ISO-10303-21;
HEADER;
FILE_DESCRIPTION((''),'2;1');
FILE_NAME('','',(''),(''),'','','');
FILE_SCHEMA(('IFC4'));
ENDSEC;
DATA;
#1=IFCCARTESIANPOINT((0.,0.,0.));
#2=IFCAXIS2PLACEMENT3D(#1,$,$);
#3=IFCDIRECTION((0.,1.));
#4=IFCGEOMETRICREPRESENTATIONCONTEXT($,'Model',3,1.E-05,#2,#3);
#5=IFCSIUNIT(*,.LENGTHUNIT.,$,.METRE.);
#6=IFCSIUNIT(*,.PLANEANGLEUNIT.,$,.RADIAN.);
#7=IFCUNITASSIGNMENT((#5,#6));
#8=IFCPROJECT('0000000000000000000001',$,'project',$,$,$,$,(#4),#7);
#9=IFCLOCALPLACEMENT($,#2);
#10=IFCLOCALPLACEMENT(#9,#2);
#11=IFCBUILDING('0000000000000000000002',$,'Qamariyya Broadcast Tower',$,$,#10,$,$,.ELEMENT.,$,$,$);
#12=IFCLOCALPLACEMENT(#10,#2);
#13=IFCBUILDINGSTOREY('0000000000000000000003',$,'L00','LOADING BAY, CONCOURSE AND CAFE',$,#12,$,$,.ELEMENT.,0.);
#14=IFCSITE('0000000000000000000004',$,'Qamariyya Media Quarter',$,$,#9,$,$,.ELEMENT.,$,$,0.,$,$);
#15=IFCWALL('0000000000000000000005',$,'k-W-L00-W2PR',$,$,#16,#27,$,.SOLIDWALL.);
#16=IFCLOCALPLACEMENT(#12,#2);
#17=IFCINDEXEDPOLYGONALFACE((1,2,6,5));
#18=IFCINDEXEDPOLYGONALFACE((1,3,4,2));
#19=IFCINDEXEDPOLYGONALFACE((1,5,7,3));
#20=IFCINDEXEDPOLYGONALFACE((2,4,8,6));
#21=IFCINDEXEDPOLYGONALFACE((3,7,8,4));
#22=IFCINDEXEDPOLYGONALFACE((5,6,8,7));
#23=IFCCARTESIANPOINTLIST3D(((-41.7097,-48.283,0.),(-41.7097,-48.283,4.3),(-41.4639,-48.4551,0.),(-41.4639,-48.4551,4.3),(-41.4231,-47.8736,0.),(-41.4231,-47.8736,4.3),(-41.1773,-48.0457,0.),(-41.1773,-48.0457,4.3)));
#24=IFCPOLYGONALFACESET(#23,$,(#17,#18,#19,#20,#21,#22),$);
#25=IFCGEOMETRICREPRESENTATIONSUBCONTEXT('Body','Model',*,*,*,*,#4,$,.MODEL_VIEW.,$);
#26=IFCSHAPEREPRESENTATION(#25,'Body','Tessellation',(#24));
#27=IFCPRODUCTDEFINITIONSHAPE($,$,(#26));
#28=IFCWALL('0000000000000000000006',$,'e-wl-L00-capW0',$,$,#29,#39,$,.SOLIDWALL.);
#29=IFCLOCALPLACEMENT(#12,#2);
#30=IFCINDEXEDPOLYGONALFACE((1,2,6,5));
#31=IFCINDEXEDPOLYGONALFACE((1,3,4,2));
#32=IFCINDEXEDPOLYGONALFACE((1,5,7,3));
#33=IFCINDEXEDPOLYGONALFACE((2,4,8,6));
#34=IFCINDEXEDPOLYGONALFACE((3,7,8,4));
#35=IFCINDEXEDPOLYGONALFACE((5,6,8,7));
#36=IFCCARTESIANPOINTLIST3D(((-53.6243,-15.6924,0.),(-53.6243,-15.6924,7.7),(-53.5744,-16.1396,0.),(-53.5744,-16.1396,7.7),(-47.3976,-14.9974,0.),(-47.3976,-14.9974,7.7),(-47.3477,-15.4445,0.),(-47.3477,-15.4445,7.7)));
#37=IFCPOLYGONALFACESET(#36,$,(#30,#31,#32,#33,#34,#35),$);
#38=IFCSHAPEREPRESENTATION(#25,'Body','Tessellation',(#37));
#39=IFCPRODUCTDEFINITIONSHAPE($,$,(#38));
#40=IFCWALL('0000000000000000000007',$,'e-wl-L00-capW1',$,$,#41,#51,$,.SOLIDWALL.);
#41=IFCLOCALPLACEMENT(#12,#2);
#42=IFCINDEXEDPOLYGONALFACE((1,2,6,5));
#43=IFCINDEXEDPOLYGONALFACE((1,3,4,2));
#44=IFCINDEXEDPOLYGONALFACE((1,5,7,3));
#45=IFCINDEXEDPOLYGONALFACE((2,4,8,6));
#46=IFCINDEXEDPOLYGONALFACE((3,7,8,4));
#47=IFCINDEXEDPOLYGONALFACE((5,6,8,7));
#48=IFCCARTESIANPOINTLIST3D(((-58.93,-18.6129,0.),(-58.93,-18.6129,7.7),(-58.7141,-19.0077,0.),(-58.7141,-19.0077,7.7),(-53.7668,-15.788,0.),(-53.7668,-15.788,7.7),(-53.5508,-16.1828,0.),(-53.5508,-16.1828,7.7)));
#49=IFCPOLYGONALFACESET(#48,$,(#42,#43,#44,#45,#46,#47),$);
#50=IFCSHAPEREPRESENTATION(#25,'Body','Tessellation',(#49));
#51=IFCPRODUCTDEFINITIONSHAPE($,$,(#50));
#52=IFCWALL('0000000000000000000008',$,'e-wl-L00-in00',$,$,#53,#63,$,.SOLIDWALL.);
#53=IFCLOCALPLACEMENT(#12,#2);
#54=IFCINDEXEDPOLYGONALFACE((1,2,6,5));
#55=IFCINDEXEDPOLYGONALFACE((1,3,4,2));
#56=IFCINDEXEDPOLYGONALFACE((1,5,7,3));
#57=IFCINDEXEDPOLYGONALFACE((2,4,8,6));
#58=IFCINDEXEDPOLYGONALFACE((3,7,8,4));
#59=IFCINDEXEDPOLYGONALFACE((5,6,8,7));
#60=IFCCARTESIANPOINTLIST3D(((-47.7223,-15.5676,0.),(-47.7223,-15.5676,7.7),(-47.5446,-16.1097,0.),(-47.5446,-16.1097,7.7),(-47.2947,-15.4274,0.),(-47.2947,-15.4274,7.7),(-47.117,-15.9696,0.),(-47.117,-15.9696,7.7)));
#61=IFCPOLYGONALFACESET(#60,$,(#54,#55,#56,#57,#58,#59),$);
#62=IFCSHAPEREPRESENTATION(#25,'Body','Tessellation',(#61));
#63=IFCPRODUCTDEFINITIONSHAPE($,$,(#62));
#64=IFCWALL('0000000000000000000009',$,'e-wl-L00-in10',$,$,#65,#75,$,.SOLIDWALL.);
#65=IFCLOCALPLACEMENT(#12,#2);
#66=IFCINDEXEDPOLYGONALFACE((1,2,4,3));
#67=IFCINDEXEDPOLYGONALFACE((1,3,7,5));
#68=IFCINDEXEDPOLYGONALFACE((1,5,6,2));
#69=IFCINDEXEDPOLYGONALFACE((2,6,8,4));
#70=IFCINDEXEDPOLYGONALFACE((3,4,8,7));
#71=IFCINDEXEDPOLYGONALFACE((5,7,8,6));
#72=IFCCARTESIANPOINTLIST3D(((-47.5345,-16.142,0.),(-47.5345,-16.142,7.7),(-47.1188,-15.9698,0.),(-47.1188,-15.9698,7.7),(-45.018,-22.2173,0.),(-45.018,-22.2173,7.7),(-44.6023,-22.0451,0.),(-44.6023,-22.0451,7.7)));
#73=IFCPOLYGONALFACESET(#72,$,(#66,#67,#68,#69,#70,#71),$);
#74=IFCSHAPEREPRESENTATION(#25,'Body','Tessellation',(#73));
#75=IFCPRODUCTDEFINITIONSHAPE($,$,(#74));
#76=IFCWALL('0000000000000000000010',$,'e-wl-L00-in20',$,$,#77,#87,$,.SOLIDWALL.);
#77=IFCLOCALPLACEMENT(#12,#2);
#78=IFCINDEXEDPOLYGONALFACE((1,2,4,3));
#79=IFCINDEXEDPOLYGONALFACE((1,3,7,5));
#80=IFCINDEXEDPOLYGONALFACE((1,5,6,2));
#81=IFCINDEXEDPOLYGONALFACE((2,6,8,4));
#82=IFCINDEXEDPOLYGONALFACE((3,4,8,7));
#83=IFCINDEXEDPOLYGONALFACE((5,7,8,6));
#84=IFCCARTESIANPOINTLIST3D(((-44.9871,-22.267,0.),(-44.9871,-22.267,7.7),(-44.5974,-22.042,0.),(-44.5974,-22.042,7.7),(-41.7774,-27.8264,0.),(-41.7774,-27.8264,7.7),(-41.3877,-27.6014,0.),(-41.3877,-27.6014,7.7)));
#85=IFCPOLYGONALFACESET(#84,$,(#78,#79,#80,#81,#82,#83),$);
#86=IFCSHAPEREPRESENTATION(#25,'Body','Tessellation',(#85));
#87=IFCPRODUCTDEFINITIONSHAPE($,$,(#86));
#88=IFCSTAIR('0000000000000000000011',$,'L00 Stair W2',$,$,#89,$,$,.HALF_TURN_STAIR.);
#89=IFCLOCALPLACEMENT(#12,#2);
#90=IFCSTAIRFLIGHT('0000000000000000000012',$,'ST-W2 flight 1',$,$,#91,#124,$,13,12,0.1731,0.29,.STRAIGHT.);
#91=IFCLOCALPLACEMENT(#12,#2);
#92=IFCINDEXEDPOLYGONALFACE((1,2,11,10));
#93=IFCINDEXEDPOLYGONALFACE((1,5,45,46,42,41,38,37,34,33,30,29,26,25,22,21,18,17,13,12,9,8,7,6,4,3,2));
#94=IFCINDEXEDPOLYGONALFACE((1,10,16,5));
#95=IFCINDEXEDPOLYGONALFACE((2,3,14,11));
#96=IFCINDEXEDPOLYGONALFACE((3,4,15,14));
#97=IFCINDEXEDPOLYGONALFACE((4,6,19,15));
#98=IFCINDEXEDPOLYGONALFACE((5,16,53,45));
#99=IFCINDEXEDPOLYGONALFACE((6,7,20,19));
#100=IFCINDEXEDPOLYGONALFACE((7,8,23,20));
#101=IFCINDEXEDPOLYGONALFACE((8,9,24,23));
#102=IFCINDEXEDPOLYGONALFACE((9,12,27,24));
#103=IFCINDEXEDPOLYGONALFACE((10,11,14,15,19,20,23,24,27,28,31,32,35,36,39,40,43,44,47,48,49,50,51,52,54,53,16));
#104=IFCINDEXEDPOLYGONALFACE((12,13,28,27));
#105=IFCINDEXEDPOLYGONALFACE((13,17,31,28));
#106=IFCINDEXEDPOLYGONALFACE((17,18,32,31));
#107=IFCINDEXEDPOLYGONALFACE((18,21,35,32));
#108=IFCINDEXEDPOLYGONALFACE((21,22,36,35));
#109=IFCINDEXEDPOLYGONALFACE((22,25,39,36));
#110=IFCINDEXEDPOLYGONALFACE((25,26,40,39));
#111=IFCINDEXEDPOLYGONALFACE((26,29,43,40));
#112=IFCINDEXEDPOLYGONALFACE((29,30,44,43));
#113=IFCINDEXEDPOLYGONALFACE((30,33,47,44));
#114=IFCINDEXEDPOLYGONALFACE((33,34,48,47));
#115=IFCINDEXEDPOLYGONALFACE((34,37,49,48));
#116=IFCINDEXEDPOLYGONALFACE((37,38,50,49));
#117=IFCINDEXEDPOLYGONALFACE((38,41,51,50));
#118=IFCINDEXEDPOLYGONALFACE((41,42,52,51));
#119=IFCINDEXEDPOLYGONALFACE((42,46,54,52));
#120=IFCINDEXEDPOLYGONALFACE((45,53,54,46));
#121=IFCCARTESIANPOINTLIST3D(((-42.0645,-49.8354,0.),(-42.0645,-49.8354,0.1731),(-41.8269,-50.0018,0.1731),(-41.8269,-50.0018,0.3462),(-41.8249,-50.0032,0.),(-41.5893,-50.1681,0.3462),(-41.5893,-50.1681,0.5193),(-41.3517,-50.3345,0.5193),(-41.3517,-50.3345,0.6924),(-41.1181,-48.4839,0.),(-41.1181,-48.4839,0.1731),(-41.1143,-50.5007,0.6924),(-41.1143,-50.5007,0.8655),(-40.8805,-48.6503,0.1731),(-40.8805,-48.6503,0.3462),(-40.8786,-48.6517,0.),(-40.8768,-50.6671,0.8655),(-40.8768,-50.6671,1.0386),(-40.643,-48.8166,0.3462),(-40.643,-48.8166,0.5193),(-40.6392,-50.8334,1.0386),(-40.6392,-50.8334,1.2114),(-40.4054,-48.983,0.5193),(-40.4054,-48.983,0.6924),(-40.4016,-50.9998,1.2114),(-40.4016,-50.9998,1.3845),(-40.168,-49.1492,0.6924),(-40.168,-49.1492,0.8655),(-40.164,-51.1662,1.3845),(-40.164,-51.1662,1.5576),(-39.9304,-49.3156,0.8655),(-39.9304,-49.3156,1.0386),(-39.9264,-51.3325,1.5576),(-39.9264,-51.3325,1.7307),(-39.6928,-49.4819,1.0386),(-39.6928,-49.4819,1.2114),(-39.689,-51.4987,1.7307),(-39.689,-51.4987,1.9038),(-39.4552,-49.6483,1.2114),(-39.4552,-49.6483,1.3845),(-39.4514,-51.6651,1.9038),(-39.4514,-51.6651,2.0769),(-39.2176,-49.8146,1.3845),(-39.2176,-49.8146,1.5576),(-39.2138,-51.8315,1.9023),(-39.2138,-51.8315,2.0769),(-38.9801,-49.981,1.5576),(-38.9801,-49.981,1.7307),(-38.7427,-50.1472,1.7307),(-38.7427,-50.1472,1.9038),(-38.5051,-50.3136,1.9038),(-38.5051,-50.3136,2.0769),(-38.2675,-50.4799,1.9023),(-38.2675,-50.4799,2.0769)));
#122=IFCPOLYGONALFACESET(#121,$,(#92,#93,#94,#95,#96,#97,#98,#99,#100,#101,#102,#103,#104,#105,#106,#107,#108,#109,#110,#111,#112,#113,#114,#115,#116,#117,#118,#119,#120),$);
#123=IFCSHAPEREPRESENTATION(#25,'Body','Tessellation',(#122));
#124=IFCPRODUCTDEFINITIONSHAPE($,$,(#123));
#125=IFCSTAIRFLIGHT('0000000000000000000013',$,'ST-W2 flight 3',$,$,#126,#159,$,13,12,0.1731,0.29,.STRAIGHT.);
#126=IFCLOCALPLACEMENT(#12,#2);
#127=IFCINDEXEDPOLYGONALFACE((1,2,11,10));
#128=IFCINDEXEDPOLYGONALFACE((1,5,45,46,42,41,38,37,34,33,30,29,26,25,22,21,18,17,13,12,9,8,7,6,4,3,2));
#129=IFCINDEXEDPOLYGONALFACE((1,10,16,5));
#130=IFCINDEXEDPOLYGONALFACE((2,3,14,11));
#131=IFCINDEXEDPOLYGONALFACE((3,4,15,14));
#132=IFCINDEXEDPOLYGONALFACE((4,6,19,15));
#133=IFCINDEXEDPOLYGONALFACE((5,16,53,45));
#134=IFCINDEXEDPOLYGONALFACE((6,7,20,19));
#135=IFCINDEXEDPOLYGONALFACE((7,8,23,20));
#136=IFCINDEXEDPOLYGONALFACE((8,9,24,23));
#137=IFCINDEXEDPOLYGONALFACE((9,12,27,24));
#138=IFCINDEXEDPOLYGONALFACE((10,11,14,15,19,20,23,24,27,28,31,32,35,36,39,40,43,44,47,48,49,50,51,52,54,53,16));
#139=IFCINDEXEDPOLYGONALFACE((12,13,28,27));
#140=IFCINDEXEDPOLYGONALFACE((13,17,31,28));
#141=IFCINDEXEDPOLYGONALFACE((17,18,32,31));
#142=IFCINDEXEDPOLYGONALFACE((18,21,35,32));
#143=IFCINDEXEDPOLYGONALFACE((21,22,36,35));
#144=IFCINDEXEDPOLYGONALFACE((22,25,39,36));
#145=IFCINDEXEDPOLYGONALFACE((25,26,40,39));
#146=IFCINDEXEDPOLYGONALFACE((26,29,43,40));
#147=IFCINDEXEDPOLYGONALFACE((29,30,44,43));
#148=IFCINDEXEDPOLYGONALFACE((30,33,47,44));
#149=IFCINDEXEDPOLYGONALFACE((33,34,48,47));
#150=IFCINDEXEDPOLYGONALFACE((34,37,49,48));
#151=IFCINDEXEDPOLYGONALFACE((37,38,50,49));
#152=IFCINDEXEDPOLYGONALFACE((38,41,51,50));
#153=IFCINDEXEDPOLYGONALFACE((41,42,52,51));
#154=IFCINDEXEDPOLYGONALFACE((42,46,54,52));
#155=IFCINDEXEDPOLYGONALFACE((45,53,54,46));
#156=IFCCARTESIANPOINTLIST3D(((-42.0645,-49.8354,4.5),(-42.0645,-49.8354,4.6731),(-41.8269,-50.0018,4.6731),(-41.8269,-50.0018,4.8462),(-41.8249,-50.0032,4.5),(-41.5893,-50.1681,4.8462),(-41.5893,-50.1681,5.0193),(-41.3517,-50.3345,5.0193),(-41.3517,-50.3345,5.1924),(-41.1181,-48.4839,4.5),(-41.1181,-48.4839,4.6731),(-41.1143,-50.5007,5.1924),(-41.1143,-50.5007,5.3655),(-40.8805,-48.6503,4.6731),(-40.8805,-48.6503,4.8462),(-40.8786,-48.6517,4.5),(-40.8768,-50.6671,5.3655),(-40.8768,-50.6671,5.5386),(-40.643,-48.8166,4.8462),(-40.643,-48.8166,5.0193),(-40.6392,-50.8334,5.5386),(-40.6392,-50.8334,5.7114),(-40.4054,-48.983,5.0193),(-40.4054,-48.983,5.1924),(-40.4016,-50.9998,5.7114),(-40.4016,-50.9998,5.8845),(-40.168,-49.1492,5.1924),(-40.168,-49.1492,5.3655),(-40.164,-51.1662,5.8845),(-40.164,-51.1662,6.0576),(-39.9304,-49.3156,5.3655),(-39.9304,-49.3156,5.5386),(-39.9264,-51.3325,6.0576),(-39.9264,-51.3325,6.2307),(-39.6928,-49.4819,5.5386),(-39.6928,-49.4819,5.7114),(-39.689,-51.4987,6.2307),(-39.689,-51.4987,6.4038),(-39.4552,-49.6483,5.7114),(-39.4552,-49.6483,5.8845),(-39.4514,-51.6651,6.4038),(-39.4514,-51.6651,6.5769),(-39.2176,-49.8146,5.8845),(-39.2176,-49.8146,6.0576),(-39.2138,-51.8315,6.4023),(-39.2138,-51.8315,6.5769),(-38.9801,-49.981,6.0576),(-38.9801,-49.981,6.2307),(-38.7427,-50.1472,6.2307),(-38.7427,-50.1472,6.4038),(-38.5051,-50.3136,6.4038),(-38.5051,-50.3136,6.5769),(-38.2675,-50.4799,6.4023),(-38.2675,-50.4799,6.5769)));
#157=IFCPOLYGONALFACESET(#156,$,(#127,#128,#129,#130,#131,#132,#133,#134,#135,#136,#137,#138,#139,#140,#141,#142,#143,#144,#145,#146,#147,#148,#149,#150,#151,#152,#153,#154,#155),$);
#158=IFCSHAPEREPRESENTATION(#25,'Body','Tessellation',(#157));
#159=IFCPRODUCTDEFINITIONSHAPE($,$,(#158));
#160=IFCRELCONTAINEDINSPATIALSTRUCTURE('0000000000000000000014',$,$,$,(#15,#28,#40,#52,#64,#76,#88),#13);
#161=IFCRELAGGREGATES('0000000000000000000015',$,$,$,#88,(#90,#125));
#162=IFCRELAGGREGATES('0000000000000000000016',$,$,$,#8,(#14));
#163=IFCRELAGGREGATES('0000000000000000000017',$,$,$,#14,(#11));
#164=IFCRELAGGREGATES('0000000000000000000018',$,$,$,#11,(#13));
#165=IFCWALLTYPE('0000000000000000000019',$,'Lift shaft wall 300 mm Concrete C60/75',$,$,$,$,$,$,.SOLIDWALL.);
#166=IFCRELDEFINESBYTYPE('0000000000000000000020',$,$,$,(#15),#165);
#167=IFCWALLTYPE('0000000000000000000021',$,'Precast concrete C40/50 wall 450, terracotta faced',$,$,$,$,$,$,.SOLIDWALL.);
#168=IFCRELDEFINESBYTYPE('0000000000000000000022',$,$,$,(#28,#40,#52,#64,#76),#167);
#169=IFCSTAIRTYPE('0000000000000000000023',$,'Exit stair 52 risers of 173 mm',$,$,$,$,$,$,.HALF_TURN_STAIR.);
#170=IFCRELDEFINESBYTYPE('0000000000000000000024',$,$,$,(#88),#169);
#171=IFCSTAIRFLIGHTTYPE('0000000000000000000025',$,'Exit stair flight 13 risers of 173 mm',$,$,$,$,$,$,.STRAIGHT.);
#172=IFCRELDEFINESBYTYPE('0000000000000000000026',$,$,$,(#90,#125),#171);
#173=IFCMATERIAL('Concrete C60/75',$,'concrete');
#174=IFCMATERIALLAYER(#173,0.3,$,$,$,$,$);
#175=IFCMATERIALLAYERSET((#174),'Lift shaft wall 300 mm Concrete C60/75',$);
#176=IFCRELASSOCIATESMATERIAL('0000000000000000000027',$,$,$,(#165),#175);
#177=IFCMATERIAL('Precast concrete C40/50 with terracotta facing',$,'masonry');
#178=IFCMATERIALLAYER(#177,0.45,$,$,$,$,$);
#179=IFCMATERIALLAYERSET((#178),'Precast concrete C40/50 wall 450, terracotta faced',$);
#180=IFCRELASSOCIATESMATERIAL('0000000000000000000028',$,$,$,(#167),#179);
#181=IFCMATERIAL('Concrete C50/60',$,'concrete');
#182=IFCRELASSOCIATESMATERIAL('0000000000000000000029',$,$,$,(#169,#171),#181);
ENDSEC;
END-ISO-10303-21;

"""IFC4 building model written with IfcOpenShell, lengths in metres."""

from ifc_helpers import new_model, si_unit, direction, frame, frame_2d, origin, place, context, subcontext, project, spatial, polyline, rectangle, outline, extrude, material, layer, layer_set, type_object, element, aggregate, save


model = new_model("IFC4")

# Units and contexts
model_context = context("Model", 3, precision=1e-05, world=origin(), true_north=direction((0.0, 1.0)))
body_context = subcontext(model_context, "Body", "Model", "MODEL_VIEW")
ifc_project = project(units=[si_unit("LENGTHUNIT", "METRE"), si_unit("PLANEANGLEUNIT", "RADIAN")], contexts=[model_context])

# Site, building, storey
site_placement = place(None, origin())
site = spatial("IfcSite", under=ifc_project, at=site_placement, Name="Qamariyya Media Quarter", CompositionType="ELEMENT", RefElevation=0.0)
building_placement = place(site_placement, origin())
building = spatial("IfcBuilding", under=site, at=building_placement, Name="Qamariyya Broadcast Tower", CompositionType="ELEMENT")
storey_placement = place(building_placement, origin())
storey = spatial("IfcBuildingStorey", under=building, at=storey_placement, Name="L00", Description="LOADING BAY, CONCOURSE AND CAFE", CompositionType="ELEMENT", Elevation=0.0)

# Walls
ifc_material_1 = material(Name="Concrete C60/75", Category="concrete")
ifc_layer_1 = layer(ifc_material_1, 0.3)
ifc_layer_set_1 = layer_set([ifc_layer_1], Name="Lift shaft wall 300 mm Concrete C60/75")
wall_type_1 = type_object("IfcWallType", Name="Lift shaft wall 300 mm Concrete C60/75", PredefinedType="SOLIDWALL", material=ifc_layer_set_1)
wall_1_placement = place(storey_placement, frame((-41.5869, -48.3691, 0.0), z_axis=(0.0, 0.0, 1.0), x_axis=(0.573495, 0.819209, 0.0)))
element("IfcWall", 1, at=wall_1_placement, inside=storey, type_object=wall_type_1, Name="k-W-L00-W2PR", PredefinedType="SOLIDWALL", context=body_context, shape_type="SweptSolid", body=[
    extrude(rectangle(XDim=0.4998, YDim=0.3, at=frame_2d((0.25, 0.0))), origin(), (0.0, 0.0, 1.0), 4.3),
])
ifc_material_2 = material(Name="Precast concrete C40/50 with terracotta facing", Category="masonry")
ifc_layer_2 = layer(ifc_material_2, 0.45)
ifc_layer_set_2 = layer_set([ifc_layer_2], Name="Precast concrete C40/50 wall 450, terracotta faced")
wall_type_2 = type_object("IfcWallType", Name="Precast concrete C40/50 wall 450, terracotta faced", PredefinedType="SOLIDWALL", material=ifc_layer_set_2)
wall_2_placement = place(storey_placement, frame((-47.3726, -15.2209, 0.0), z_axis=(0.0, 0.0, 1.0), x_axis=(-0.993828, -0.110936, 0.0)))
element("IfcWall", 2, at=wall_2_placement, inside=storey, type_object=wall_type_2, Name="e-wl-L00-capW0", PredefinedType="SOLIDWALL", context=body_context, shape_type="SweptSolid", body=[
    extrude(rectangle(XDim=6.2654, YDim=0.45, at=frame_2d((3.1328, 0.0))), origin(), (0.0, 0.0, 1.0), 7.7),
])
wall_3_placement = place(storey_placement, frame((-53.6587, -15.9854, 0.0), z_axis=(0.0, 0.0, 1.0), x_axis=(-0.877281, -0.479976, 0.0)))
element("IfcWall", 3, at=wall_3_placement, inside=storey, type_object=wall_type_2, Name="e-wl-L00-capW1", PredefinedType="SOLIDWALL", context=body_context, shape_type="SweptSolid", body=[
    extrude(rectangle(XDim=5.8855, YDim=0.45, at=frame_2d((2.9429, 0.0))), origin(), (0.0, 0.0, 1.0), 7.7),
])
wall_4_placement = place(storey_placement, frame((-47.3308, -16.0396, 0.0), z_axis=(0.0, 0.0, 1.0), x_axis=(-0.311475, 0.950254, 0.0)))
element("IfcWall", 4, at=wall_4_placement, inside=storey, type_object=wall_type_2, Name="e-wl-L00-in00", PredefinedType="SOLIDWALL", context=body_context, shape_type="SweptSolid", body=[
    extrude(rectangle(XDim=0.5706, YDim=0.45, at=frame_2d((0.2852, 0.0))), origin(), (0.0, 0.0, 1.0), 7.7),
])
wall_5_placement = place(storey_placement, frame((-44.8101, -22.1313, 0.0), z_axis=(0.0, 0.0, 1.0), x_axis=(-0.382693, 0.923876, 0.0)))
element("IfcWall", 5, at=wall_5_placement, inside=storey, type_object=wall_type_2, Name="e-wl-L00-in10", PredefinedType="SOLIDWALL", context=body_context, shape_type="SweptSolid", body=[
    extrude(rectangle(XDim=6.5759, YDim=0.45, at=frame_2d((3.2881, 0.0))), origin(), (0.0, 0.0, 1.0), 7.7),
])
wall_6_placement = place(storey_placement, frame((-41.5825, -27.7139, 0.0), z_axis=(0.0, 0.0, 1.0), x_axis=(-0.500004, 0.866023, 0.0)))
element("IfcWall", 6, at=wall_6_placement, inside=storey, type_object=wall_type_2, Name="e-wl-L00-in20", PredefinedType="SOLIDWALL", context=body_context, shape_type="SweptSolid", body=[
    extrude(rectangle(XDim=6.4194, YDim=0.45, at=frame_2d((3.2097, 0.0))), origin(), (0.0, 0.0, 1.0), 7.7),
])

# Stair, stair flights
ifc_material_3 = material(Name="Concrete C50/60", Category="concrete")
stair_type = type_object("IfcStairType", Name="Exit stair 52 risers of 173 mm", PredefinedType="HALF_TURN_STAIR", material=ifc_material_3)
stair_placement = place(storey_placement, origin())
stair = element("IfcStair", 7, at=stair_placement, inside=storey, type_object=stair_type, Name="L00 Stair W2", PredefinedType="HALF_TURN_STAIR")
stair_flight_type = type_object("IfcStairFlightType", Name="Exit stair flight 13 risers of 173 mm", PredefinedType="STRAIGHT", material=ifc_material_3)
stair_flight_1_placement = place(storey_placement, frame((-41.5913, -49.1597, 0.0), z_axis=(0.0, 0.0, 1.0), x_axis=(0.819152, -0.573576, 0.0)))
stair_flight_1 = element("IfcStairFlight", 8, at=stair_flight_1_placement, type_object=stair_flight_type, Name="ST-W2 flight 1", NumberOfRisers=13, NumberOfTreads=12, PredefinedType="STRAIGHT", RiserHeight=0.1731, TreadLength=0.29, context=body_context, shape_type="SweptSolid", body=[
    extrude(outline(polyline([(0.0, 0.0), (0.0, 0.1731), (0.29, 0.1731), (0.29, 0.3462), (0.5801, 0.3462), (0.5801, 0.5193), (0.8701, 0.5193), (0.8701, 0.6924), (1.1599, 0.6924), (1.1599, 0.8655), (1.45, 0.8655), (1.45, 1.0386), (1.74, 1.0386), (1.74, 1.2114), (2.03, 1.2114), (2.03, 1.3845), (2.3201, 1.3845), (2.3201, 1.5576), (2.6101, 1.5576), (2.6101, 1.7307), (2.8999, 1.7307), (2.8999, 1.9038), (3.1899, 1.9038), (3.1899, 2.0769), (3.48, 2.0769), (3.48, 2.25), (3.48, 1.9023), (0.2925, 0.0), (0.0, 0.0)])), frame((0.0, 0.825, 0.0), z_axis=(0.0, -1.0, 0.0), x_axis=(1.0, 0.0, 0.0)), (0.0, 0.0, 1.0), 1.6499),
])
stair_flight_2_placement = place(storey_placement, frame((-41.5913, -49.1597, 4.5), z_axis=(0.0, 0.0, 1.0), x_axis=(0.819152, -0.573576, 0.0)))
stair_flight_2 = element("IfcStairFlight", 9, at=stair_flight_2_placement, type_object=stair_flight_type, Name="ST-W2 flight 3", NumberOfRisers=13, NumberOfTreads=12, PredefinedType="STRAIGHT", RiserHeight=0.1731, TreadLength=0.29, context=body_context, shape_type="SweptSolid", body=[
    extrude(outline(polyline([(0.0, 0.0), (0.0, 0.1731), (0.29, 0.1731), (0.29, 0.3462), (0.5801, 0.3462), (0.5801, 0.5193), (0.8701, 0.5193), (0.8701, 0.6924), (1.1599, 0.6924), (1.1599, 0.8655), (1.45, 0.8655), (1.45, 1.0386), (1.74, 1.0386), (1.74, 1.2114), (2.03, 1.2114), (2.03, 1.3845), (2.3201, 1.3845), (2.3201, 1.5576), (2.6101, 1.5576), (2.6101, 1.7307), (2.8999, 1.7307), (2.8999, 1.9038), (3.1899, 1.9038), (3.1899, 2.0769), (3.48, 2.0769), (3.48, 2.25), (3.48, 1.9023), (0.2925, 0.0), (0.0, 0.0)])), frame((0.0, 0.825, 0.0), z_axis=(0.0, -1.0, 0.0), x_axis=(1.0, 0.0, 0.0)), (0.0, 0.0, 1.0), 1.6499),
])
aggregate(stair, [stair_flight_1, stair_flight_2])

save(model, "model.ifc")
